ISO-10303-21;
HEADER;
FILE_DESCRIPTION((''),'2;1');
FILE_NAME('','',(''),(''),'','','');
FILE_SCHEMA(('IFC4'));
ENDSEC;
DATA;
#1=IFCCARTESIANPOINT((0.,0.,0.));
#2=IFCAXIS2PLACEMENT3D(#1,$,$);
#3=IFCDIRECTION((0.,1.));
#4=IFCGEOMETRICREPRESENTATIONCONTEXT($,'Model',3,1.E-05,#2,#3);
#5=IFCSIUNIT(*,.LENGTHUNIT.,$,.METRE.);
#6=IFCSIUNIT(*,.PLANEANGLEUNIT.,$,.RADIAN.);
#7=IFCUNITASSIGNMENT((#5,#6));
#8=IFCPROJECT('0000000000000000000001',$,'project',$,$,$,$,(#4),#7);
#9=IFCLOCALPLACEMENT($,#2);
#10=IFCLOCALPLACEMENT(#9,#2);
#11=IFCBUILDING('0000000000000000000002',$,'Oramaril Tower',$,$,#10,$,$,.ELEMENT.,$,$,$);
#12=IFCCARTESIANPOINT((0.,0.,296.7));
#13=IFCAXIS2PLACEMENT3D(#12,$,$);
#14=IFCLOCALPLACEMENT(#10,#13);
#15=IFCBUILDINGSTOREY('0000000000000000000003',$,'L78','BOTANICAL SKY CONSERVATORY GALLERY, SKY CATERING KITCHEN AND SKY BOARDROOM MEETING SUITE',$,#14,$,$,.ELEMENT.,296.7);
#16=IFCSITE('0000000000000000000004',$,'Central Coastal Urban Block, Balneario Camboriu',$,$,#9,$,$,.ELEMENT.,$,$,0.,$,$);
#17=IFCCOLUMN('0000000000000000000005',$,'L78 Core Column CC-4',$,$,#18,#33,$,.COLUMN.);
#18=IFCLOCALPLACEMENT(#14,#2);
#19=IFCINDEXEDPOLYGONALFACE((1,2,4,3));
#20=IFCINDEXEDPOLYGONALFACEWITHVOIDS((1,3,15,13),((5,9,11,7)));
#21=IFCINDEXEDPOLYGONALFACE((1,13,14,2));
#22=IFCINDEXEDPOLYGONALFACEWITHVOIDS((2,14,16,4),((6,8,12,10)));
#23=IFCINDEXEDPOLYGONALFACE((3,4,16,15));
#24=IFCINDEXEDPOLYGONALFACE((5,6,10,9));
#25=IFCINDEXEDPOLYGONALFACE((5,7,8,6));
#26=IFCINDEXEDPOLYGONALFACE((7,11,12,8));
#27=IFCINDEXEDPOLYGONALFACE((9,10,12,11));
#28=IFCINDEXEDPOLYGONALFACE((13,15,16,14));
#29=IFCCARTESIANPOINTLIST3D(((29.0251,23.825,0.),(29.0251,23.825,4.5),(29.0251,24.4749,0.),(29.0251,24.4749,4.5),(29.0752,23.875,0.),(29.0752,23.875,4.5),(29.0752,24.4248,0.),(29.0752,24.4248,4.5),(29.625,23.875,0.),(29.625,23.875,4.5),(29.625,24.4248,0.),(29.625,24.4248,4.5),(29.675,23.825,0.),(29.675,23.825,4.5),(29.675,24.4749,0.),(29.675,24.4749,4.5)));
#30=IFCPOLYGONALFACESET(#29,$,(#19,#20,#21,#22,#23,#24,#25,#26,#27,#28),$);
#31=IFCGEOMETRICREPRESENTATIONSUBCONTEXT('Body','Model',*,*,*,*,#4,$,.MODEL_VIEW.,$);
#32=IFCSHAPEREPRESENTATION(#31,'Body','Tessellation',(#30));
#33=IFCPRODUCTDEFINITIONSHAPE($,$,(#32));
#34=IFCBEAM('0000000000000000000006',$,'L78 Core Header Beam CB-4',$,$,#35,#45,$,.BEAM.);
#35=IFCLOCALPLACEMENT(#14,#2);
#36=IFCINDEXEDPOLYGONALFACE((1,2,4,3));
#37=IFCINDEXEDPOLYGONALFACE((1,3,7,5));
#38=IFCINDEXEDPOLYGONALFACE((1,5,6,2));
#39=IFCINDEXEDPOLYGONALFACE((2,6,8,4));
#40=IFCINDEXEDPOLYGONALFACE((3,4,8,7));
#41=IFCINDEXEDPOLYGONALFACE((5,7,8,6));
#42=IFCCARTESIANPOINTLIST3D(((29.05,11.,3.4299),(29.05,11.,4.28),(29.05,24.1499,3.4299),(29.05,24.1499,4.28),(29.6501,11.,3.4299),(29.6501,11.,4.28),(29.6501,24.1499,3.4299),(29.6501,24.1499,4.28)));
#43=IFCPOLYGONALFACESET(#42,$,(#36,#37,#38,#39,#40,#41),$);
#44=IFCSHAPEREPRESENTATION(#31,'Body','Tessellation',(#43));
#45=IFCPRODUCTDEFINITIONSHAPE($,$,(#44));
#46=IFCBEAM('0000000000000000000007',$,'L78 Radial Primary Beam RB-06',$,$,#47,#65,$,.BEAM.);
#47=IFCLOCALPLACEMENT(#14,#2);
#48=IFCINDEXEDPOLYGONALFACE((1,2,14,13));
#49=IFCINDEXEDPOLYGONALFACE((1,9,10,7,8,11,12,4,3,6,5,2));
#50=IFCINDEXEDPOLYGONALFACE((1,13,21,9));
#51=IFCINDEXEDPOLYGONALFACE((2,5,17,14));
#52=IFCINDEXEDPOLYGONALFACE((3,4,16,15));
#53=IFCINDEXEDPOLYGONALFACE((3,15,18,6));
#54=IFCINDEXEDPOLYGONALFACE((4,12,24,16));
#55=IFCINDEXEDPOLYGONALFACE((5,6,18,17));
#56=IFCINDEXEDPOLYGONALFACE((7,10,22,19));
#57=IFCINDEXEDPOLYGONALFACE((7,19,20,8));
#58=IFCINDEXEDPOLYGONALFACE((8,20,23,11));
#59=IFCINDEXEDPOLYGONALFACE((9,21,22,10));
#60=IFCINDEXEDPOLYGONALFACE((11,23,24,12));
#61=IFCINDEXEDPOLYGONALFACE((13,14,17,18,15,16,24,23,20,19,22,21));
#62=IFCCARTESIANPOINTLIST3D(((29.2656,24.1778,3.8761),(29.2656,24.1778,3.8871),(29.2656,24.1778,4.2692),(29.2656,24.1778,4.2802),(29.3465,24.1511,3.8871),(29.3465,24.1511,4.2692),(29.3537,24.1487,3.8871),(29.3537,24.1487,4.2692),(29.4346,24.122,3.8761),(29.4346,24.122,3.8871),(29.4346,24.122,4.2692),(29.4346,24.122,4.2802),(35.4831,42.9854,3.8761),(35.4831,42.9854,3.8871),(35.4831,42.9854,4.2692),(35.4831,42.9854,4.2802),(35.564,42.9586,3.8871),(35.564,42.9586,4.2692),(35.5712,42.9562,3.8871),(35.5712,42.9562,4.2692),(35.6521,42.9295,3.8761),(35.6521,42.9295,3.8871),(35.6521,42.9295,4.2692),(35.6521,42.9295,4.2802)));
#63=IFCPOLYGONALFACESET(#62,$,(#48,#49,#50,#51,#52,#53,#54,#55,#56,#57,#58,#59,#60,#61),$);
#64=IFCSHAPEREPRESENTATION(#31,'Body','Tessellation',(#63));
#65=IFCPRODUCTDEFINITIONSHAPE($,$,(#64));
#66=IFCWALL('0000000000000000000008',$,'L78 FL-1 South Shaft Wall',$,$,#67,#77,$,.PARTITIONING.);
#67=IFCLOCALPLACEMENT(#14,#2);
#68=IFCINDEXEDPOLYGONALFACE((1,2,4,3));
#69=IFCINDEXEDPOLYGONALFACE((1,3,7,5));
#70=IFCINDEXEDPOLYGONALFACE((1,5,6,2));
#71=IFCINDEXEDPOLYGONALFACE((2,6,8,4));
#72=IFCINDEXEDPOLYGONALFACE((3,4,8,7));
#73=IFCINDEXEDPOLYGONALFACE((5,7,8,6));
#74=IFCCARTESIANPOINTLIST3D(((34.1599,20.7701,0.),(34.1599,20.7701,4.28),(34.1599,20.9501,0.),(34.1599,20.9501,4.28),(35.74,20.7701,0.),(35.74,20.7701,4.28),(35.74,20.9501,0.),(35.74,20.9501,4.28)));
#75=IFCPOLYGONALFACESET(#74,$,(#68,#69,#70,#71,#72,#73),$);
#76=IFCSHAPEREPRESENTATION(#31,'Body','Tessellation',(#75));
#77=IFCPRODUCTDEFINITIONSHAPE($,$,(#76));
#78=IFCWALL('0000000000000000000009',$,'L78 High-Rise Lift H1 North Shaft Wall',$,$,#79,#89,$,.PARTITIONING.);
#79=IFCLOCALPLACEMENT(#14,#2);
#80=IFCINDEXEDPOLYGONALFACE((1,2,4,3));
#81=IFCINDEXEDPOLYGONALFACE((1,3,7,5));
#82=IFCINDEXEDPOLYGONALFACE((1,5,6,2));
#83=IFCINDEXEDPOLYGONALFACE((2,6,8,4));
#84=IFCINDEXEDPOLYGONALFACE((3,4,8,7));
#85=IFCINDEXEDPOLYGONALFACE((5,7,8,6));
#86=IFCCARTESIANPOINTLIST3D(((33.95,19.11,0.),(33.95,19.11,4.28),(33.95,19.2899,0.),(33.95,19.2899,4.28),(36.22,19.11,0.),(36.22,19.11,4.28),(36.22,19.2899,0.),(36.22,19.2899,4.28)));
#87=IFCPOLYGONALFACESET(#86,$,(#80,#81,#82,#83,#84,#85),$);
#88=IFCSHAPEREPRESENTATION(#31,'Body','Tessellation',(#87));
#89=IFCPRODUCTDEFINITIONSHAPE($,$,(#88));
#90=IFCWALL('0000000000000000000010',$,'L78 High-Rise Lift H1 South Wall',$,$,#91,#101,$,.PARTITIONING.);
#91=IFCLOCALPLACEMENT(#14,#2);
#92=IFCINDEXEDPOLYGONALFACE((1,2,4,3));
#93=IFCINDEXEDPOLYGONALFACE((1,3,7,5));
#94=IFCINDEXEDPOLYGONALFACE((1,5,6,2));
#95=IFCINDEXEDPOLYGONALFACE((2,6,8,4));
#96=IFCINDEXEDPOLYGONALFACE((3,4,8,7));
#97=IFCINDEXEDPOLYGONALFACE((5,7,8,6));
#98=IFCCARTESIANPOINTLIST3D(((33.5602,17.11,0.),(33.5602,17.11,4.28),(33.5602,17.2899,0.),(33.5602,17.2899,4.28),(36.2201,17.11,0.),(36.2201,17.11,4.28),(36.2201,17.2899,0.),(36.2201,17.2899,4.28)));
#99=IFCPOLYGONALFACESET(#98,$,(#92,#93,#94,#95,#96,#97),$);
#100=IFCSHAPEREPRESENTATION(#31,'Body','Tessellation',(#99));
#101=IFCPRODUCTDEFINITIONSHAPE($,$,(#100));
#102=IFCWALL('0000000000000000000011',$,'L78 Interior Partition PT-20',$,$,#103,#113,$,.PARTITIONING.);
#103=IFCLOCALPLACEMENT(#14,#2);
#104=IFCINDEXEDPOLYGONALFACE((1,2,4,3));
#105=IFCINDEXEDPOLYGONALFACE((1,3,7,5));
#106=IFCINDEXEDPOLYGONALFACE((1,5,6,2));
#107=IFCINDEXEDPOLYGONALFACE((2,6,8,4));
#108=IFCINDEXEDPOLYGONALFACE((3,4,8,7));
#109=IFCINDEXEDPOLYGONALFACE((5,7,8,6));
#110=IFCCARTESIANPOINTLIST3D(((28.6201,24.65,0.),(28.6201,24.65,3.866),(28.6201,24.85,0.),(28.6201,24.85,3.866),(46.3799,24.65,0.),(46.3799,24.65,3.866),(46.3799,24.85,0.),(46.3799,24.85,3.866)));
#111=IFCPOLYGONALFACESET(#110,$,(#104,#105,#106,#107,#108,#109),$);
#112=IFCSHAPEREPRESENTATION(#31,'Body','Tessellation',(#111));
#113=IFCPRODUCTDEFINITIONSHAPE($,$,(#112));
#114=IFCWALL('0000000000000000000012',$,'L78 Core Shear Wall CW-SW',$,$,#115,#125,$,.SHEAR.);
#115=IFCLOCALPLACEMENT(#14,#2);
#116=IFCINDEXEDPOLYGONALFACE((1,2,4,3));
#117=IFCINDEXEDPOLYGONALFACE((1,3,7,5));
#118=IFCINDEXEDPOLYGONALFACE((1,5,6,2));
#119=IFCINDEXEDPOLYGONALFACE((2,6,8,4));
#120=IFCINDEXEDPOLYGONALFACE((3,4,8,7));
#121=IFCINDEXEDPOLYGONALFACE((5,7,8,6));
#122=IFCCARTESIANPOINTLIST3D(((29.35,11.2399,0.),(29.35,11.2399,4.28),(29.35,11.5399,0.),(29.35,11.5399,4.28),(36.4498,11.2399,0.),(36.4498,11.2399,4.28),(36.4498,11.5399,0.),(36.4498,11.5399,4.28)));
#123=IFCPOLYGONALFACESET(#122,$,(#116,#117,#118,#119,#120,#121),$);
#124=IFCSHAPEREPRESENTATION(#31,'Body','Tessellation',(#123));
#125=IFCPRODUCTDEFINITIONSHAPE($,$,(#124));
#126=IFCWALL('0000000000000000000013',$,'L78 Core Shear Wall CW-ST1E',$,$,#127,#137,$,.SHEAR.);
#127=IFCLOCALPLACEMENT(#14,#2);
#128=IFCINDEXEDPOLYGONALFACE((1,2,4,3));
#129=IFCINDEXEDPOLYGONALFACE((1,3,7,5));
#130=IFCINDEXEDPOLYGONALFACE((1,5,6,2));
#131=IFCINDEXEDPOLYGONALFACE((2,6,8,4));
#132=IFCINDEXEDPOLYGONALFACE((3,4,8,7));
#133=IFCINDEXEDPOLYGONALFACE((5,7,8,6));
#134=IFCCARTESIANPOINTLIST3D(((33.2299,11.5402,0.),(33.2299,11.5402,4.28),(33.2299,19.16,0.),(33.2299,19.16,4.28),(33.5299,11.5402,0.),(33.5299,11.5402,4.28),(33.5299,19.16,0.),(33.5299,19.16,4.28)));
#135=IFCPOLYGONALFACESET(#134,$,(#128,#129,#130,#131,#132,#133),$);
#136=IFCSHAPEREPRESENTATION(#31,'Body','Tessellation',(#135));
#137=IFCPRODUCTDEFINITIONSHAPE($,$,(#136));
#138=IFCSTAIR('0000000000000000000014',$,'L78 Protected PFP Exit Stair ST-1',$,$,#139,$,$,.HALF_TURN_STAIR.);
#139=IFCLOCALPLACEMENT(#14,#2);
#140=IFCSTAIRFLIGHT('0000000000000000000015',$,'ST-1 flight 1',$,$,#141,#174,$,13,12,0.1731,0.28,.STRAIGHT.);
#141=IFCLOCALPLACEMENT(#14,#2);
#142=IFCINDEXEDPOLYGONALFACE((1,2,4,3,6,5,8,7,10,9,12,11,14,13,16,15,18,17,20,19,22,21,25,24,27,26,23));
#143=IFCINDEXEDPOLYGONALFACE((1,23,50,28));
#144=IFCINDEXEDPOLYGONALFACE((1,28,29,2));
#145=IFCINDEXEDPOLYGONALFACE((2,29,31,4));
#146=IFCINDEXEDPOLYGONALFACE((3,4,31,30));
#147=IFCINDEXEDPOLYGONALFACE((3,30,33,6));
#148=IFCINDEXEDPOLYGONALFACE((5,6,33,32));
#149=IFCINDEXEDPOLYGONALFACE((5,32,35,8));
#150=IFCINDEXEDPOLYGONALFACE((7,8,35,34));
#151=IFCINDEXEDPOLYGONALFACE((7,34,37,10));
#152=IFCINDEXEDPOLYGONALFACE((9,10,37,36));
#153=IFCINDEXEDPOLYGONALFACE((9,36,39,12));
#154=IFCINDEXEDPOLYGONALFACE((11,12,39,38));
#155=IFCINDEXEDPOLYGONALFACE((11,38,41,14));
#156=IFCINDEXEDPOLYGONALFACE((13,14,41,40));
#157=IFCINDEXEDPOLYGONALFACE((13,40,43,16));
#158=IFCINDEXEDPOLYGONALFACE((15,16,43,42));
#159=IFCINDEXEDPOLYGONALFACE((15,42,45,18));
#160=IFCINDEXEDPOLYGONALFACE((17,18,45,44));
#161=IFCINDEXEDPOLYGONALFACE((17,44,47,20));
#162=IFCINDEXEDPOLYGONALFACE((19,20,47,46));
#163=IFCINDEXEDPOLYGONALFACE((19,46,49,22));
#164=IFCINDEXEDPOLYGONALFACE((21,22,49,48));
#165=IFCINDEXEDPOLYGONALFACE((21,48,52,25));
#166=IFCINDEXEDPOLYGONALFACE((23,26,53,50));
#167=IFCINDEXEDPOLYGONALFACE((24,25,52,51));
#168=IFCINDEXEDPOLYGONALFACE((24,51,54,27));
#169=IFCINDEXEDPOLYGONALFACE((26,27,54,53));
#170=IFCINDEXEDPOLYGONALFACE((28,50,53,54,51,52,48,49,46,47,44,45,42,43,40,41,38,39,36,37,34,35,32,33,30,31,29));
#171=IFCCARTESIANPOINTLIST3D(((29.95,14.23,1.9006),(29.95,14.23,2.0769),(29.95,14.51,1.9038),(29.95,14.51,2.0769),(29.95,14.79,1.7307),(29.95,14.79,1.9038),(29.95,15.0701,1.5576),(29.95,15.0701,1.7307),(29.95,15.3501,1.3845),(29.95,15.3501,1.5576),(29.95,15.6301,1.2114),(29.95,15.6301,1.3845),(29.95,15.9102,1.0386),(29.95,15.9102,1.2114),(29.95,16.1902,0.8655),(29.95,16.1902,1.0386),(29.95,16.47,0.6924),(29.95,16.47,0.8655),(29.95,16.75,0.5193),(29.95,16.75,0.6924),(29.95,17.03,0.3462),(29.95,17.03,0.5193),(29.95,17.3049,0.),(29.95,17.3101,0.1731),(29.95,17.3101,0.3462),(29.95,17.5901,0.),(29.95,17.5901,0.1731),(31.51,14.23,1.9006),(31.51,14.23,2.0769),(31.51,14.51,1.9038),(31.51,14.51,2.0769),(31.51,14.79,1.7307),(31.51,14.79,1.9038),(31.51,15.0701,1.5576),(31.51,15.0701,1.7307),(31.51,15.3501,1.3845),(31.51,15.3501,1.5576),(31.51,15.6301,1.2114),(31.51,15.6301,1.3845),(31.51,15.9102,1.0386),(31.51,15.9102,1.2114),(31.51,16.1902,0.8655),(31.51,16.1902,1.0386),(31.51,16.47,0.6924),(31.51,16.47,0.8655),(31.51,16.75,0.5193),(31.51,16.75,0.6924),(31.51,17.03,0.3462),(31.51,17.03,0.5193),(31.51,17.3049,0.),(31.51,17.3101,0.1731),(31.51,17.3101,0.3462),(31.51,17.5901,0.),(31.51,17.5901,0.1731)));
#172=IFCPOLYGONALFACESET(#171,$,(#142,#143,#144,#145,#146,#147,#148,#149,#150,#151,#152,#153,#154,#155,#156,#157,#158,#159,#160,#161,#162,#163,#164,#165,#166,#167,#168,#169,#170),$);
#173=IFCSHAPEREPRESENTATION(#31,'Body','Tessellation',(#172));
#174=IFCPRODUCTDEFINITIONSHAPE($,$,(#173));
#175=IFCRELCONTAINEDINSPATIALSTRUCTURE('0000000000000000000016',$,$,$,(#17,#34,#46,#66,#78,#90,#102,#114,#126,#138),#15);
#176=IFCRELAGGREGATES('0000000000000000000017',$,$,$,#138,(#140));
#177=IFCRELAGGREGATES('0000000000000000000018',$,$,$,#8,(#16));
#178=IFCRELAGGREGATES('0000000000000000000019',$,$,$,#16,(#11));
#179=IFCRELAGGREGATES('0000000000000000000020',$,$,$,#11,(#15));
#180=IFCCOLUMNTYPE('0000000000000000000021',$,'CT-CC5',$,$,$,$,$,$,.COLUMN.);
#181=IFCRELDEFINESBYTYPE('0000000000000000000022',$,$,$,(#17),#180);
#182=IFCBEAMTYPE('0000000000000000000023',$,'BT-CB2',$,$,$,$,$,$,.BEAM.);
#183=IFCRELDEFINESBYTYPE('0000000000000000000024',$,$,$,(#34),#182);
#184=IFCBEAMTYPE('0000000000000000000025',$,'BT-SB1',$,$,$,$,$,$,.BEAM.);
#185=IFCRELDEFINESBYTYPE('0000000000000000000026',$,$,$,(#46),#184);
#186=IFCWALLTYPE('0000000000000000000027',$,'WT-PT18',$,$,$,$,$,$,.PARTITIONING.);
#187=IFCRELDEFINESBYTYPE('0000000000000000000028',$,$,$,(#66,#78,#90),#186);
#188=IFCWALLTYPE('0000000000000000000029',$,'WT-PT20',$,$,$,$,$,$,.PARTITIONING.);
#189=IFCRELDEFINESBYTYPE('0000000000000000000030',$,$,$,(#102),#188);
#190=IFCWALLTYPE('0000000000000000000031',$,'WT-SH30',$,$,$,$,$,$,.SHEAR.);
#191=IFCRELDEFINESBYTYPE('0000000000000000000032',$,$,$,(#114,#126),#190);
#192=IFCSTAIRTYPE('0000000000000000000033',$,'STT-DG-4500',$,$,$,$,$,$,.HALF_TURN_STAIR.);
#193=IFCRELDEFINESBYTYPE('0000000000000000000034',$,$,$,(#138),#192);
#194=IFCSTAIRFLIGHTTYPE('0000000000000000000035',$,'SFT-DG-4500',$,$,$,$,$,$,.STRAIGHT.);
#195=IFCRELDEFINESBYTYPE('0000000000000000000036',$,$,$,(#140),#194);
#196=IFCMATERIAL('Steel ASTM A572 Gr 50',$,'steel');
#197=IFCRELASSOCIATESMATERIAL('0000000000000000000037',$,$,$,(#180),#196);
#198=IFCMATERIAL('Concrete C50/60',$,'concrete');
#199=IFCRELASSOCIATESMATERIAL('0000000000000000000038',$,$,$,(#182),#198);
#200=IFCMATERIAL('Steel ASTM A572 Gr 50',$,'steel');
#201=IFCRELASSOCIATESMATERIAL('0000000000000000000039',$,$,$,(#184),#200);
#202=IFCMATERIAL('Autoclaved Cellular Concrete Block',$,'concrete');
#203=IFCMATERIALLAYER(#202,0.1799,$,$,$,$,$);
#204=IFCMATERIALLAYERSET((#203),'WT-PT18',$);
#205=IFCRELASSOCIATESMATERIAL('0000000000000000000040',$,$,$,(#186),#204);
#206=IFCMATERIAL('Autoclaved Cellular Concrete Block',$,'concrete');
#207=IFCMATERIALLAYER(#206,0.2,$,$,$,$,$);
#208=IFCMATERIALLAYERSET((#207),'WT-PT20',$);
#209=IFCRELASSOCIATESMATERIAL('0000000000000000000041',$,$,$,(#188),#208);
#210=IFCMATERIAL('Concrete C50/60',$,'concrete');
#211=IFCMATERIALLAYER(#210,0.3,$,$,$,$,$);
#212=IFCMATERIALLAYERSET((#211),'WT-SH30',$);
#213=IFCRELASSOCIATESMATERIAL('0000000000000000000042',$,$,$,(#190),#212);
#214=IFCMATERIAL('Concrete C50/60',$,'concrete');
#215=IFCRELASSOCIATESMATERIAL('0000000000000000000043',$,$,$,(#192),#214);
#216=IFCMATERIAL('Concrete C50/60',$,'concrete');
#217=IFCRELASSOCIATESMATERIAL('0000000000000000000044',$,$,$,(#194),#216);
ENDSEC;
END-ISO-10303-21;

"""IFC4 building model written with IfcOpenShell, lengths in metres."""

from ifc_helpers import new_model, si_unit, direction, frame, frame_2d, origin, origin_2d, place, context, subcontext, project, spatial, polyline, rectangle, hollow_rectangle, i_section, outline, extrude, material, layer, layer_set, material_profile, profile_set, type_object, element, aggregate, save


model = new_model("IFC4")

# Units and contexts
model_context = context("Model", 3, precision=1e-05, world=origin(), true_north=direction((0.0, 1.0)))
body_context = subcontext(model_context, "Body", "Model", "MODEL_VIEW")
ifc_project = project(units=[si_unit("LENGTHUNIT", "METRE"), si_unit("PLANEANGLEUNIT", "RADIAN")], contexts=[model_context])

# Site, building, storey
site_placement = place(None, origin())
site = spatial("IfcSite", under=ifc_project, at=site_placement, Name="Central Coastal Urban Block, Balneario Camboriu", CompositionType="ELEMENT", RefElevation=0.0)
building_placement = place(site_placement, origin())
building = spatial("IfcBuilding", under=site, at=building_placement, Name="Oramaril Tower", CompositionType="ELEMENT")
storey_placement = place(building_placement, frame((0.0, 0.0, 296.7)))
storey = spatial("IfcBuildingStorey", under=building, at=storey_placement, Name="L78", Description="BOTANICAL SKY CONSERVATORY GALLERY, SKY CATERING KITCHEN AND SKY BOARDROOM MEETING SUITE", CompositionType="ELEMENT", Elevation=296.7)

# Column
ifc_material_1 = material(Name="Steel ASTM A572 Gr 50", Category="steel")
ifc_material_profile_1 = material_profile(ifc_material_1, hollow_rectangle(XDim=0.6499, YDim=0.6499, WallThickness=0.05, at=origin_2d()), Name="BOX650X650X50")
ifc_profile_set_1 = profile_set([ifc_material_profile_1], Name="Steel ASTM A572 Gr 50")
column_type = type_object("IfcColumnType", Name="CT-CC5", PredefinedType="COLUMN", material=ifc_profile_set_1)
column_placement = place(storey_placement, frame((29.3501, 24.1499, 0.0), z_axis=(0.0, 0.0, 1.0), x_axis=(1.0, 0.0, 0.0)))
element("IfcColumn", 1, at=column_placement, inside=storey, type_object=column_type, Name="L78 Core Column CC-4", PredefinedType="COLUMN", context=body_context, shape_type="SweptSolid", body=[
    extrude(hollow_rectangle(XDim=0.6499, YDim=0.6499, WallThickness=0.05, at=origin_2d()), origin(), (0.0, 0.0, 1.0), 4.5),
])

# Beams
ifc_material_2 = material(Name="Concrete C50/60", Category="concrete")
ifc_material_profile_2 = material_profile(ifc_material_2, rectangle(XDim=0.6001, YDim=0.8501, at=origin_2d()), Name="CB600X850")
ifc_profile_set_2 = profile_set([ifc_material_profile_2], Name="Concrete C50/60")
beam_type_1 = type_object("IfcBeamType", Name="BT-CB2", PredefinedType="BEAM", material=ifc_profile_set_2)
beam_1_placement = place(storey_placement, frame((29.3501, 24.1499, 3.855), z_axis=(0.0, -1.0, 0.0), x_axis=(1.0, 0.0, 0.0)))
element("IfcBeam", 2, at=beam_1_placement, inside=storey, type_object=beam_type_1, Name="L78 Core Header Beam CB-4", PredefinedType="BEAM", context=body_context, shape_type="SweptSolid", body=[
    extrude(rectangle(XDim=0.6001, YDim=0.8501, at=origin_2d()), origin(), (0.0, 0.0, 1.0), 13.1499),
])
ifc_material_3 = material(Name="Steel ASTM A572 Gr 50", Category="steel")
ifc_material_profile_3 = material_profile(ifc_material_3, i_section(OverallWidth=0.178, OverallDepth=0.4041, WebThickness=0.0076, FlangeThickness=0.011, at=origin_2d()), Name="W16X36")
ifc_profile_set_3 = profile_set([ifc_material_profile_3], Name="Steel ASTM A572 Gr 50")
beam_type_2 = type_object("IfcBeamType", Name="BT-SB1", PredefinedType="BEAM", material=ifc_profile_set_3)
beam_2_placement = place(storey_placement, frame((29.3501, 24.1499, 4.0781), z_axis=(0.313879, 0.949463, 0.0), x_axis=(-0.949463, 0.313879, 0.0)))
element("IfcBeam", 3, at=beam_2_placement, inside=storey, type_object=beam_type_2, Name="L78 Radial Primary Beam RB-06", PredefinedType="BEAM", context=body_context, shape_type="SweptSolid", body=[
    extrude(i_section(OverallWidth=0.178, OverallDepth=0.4041, WebThickness=0.0076, FlangeThickness=0.011, at=origin_2d()), origin(), (0.0, 0.0, 1.0), 19.8086),
])

# Walls
ifc_material_4 = material(Name="Autoclaved Cellular Concrete Block", Category="concrete")
ifc_layer_1 = layer(ifc_material_4, 0.1799)
ifc_layer_set_1 = layer_set([ifc_layer_1], Name="WT-PT18")
wall_type_1 = type_object("IfcWallType", Name="WT-PT18", PredefinedType="PARTITIONING", material=ifc_layer_set_1)
wall_1_placement = place(storey_placement, frame((34.1599, 20.8601, 0.0), z_axis=(0.0, 0.0, 1.0), x_axis=(1.0, 0.0, 0.0)))
element("IfcWall", 4, at=wall_1_placement, inside=storey, type_object=wall_type_1, Name="L78 FL-1 South Shaft Wall", PredefinedType="PARTITIONING", context=body_context, shape_type="SweptSolid", body=[
    extrude(rectangle(XDim=1.5801, YDim=0.1799, at=frame_2d((0.79, 0.0))), origin(), (0.0, 0.0, 1.0), 4.28),
])
wall_2_placement = place(storey_placement, frame((33.95, 19.2, 0.0), z_axis=(0.0, 0.0, 1.0), x_axis=(1.0, 0.0, 0.0)))
element("IfcWall", 5, at=wall_2_placement, inside=storey, type_object=wall_type_1, Name="L78 High-Rise Lift H1 North Shaft Wall", PredefinedType="PARTITIONING", context=body_context, shape_type="SweptSolid", body=[
    extrude(rectangle(XDim=2.27, YDim=0.1799, at=frame_2d((1.135, 0.0))), origin(), (0.0, 0.0, 1.0), 4.28),
])
wall_3_placement = place(storey_placement, frame((33.5601, 17.2, 0.0), z_axis=(0.0, 0.0, 1.0), x_axis=(1.0, 0.0, 0.0)))
element("IfcWall", 6, at=wall_3_placement, inside=storey, type_object=wall_type_1, Name="L78 High-Rise Lift H1 South Wall", PredefinedType="PARTITIONING", context=body_context, shape_type="SweptSolid", body=[
    extrude(rectangle(XDim=2.6599, YDim=0.1799, at=frame_2d((1.3301, 0.0))), origin(), (0.0, 0.0, 1.0), 4.28),
])
ifc_material_5 = material(Name="Autoclaved Cellular Concrete Block", Category="concrete")
ifc_layer_2 = layer(ifc_material_5, 0.2)
ifc_layer_set_2 = layer_set([ifc_layer_2], Name="WT-PT20")
wall_type_2 = type_object("IfcWallType", Name="WT-PT20", PredefinedType="PARTITIONING", material=ifc_layer_set_2)
wall_4_placement = place(storey_placement, frame((28.6201, 24.75, 0.0), z_axis=(0.0, 0.0, 1.0), x_axis=(1.0, 0.0, 0.0)))
element("IfcWall", 7, at=wall_4_placement, inside=storey, type_object=wall_type_2, Name="L78 Interior Partition PT-20", PredefinedType="PARTITIONING", context=body_context, shape_type="SweptSolid", body=[
    extrude(rectangle(XDim=17.7598, YDim=0.2, at=frame_2d((8.8799, 0.0))), origin(), (0.0, 0.0, 1.0), 3.866),
])
ifc_material_6 = material(Name="Concrete C50/60", Category="concrete")
ifc_layer_3 = layer(ifc_material_6, 0.3)
ifc_layer_set_3 = layer_set([ifc_layer_3], Name="WT-SH30")
wall_type_3 = type_object("IfcWallType", Name="WT-SH30", PredefinedType="SHEAR", material=ifc_layer_set_3)
wall_5_placement = place(storey_placement, frame((29.3501, 11.3899, 0.0), z_axis=(0.0, 0.0, 1.0), x_axis=(1.0, 0.0, 0.0)))
element("IfcWall", 8, at=wall_5_placement, inside=storey, type_object=wall_type_3, Name="L78 Core Shear Wall CW-SW", PredefinedType="SHEAR", context=body_context, shape_type="SweptSolid", body=[
    extrude(rectangle(XDim=7.0999, YDim=0.3, at=frame_2d((3.5498, 0.0))), origin(), (0.0, 0.0, 1.0), 4.28),
])

# Wall
wall_6_placement = place(storey_placement, frame((33.3799, 11.54, 0.0), z_axis=(0.0, 0.0, 1.0), x_axis=(0.0, 1.0, 0.0)))
element("IfcWall", 9, at=wall_6_placement, inside=storey, type_object=wall_type_3, Name="L78 Core Shear Wall CW-ST1E", PredefinedType="SHEAR", context=body_context, shape_type="SweptSolid", body=[
    extrude(rectangle(XDim=7.6199, YDim=0.3, at=frame_2d((3.8101, 0.0))), origin(), (0.0, 0.0, 1.0), 4.28),
])

# Stair, stair flight
ifc_material_7 = material(Name="Concrete C50/60", Category="concrete")
stair_type = type_object("IfcStairType", Name="STT-DG-4500", PredefinedType="HALF_TURN_STAIR", material=ifc_material_7)
stair_placement = place(storey_placement, origin())
stair = element("IfcStair", 10, at=stair_placement, inside=storey, type_object=stair_type, Name="L78 Protected PFP Exit Stair ST-1", PredefinedType="HALF_TURN_STAIR")
ifc_material_8 = material(Name="Concrete C50/60", Category="concrete")
stair_flight_type = type_object("IfcStairFlightType", Name="SFT-DG-4500", PredefinedType="STRAIGHT", material=ifc_material_8)
stair_flight_1_placement = place(storey_placement, frame((30.73, 17.5901, 0.0), z_axis=(0.0, 0.0, 1.0), x_axis=(0.0, -1.0, 0.0)))
stair_flight_1 = element("IfcStairFlight", 11, at=stair_flight_1_placement, type_object=stair_flight_type, Name="ST-1 flight 1", NumberOfRisers=13, NumberOfTreads=12, PredefinedType="STRAIGHT", RiserHeight=0.1731, TreadLength=0.28, context=body_context, shape_type="SweptSolid", body=[
    extrude(outline(polyline([(0.0, 0.0), (0.0, 0.1731), (0.28, 0.1731), (0.28, 0.3462), (0.5601, 0.3462), (0.5601, 0.5193), (0.8401, 0.5193), (0.8401, 0.6924), (1.1201, 0.6924), (1.1201, 0.8655), (1.3999, 0.8655), (1.3999, 1.0386), (1.6799, 1.0386), (1.6799, 1.2114), (1.96, 1.2114), (1.96, 1.3845), (2.24, 1.3845), (2.24, 1.5576), (2.52, 1.5576), (2.52, 1.7307), (2.8, 1.7307), (2.8, 1.9038), (3.0801, 1.9038), (3.0801, 2.0769), (3.3601, 2.0769), (3.3601, 2.25), (3.3601, 1.9006), (0.2852, 0.0), (0.0, 0.0)])), frame((0.0, 0.78, 0.0), z_axis=(0.0, -1.0, 0.0), x_axis=(1.0, 0.0, 0.0)), (0.0, 0.0, 1.0), 1.5601),
])
aggregate(stair, [stair_flight_1])

save(model, "model.ifc")
